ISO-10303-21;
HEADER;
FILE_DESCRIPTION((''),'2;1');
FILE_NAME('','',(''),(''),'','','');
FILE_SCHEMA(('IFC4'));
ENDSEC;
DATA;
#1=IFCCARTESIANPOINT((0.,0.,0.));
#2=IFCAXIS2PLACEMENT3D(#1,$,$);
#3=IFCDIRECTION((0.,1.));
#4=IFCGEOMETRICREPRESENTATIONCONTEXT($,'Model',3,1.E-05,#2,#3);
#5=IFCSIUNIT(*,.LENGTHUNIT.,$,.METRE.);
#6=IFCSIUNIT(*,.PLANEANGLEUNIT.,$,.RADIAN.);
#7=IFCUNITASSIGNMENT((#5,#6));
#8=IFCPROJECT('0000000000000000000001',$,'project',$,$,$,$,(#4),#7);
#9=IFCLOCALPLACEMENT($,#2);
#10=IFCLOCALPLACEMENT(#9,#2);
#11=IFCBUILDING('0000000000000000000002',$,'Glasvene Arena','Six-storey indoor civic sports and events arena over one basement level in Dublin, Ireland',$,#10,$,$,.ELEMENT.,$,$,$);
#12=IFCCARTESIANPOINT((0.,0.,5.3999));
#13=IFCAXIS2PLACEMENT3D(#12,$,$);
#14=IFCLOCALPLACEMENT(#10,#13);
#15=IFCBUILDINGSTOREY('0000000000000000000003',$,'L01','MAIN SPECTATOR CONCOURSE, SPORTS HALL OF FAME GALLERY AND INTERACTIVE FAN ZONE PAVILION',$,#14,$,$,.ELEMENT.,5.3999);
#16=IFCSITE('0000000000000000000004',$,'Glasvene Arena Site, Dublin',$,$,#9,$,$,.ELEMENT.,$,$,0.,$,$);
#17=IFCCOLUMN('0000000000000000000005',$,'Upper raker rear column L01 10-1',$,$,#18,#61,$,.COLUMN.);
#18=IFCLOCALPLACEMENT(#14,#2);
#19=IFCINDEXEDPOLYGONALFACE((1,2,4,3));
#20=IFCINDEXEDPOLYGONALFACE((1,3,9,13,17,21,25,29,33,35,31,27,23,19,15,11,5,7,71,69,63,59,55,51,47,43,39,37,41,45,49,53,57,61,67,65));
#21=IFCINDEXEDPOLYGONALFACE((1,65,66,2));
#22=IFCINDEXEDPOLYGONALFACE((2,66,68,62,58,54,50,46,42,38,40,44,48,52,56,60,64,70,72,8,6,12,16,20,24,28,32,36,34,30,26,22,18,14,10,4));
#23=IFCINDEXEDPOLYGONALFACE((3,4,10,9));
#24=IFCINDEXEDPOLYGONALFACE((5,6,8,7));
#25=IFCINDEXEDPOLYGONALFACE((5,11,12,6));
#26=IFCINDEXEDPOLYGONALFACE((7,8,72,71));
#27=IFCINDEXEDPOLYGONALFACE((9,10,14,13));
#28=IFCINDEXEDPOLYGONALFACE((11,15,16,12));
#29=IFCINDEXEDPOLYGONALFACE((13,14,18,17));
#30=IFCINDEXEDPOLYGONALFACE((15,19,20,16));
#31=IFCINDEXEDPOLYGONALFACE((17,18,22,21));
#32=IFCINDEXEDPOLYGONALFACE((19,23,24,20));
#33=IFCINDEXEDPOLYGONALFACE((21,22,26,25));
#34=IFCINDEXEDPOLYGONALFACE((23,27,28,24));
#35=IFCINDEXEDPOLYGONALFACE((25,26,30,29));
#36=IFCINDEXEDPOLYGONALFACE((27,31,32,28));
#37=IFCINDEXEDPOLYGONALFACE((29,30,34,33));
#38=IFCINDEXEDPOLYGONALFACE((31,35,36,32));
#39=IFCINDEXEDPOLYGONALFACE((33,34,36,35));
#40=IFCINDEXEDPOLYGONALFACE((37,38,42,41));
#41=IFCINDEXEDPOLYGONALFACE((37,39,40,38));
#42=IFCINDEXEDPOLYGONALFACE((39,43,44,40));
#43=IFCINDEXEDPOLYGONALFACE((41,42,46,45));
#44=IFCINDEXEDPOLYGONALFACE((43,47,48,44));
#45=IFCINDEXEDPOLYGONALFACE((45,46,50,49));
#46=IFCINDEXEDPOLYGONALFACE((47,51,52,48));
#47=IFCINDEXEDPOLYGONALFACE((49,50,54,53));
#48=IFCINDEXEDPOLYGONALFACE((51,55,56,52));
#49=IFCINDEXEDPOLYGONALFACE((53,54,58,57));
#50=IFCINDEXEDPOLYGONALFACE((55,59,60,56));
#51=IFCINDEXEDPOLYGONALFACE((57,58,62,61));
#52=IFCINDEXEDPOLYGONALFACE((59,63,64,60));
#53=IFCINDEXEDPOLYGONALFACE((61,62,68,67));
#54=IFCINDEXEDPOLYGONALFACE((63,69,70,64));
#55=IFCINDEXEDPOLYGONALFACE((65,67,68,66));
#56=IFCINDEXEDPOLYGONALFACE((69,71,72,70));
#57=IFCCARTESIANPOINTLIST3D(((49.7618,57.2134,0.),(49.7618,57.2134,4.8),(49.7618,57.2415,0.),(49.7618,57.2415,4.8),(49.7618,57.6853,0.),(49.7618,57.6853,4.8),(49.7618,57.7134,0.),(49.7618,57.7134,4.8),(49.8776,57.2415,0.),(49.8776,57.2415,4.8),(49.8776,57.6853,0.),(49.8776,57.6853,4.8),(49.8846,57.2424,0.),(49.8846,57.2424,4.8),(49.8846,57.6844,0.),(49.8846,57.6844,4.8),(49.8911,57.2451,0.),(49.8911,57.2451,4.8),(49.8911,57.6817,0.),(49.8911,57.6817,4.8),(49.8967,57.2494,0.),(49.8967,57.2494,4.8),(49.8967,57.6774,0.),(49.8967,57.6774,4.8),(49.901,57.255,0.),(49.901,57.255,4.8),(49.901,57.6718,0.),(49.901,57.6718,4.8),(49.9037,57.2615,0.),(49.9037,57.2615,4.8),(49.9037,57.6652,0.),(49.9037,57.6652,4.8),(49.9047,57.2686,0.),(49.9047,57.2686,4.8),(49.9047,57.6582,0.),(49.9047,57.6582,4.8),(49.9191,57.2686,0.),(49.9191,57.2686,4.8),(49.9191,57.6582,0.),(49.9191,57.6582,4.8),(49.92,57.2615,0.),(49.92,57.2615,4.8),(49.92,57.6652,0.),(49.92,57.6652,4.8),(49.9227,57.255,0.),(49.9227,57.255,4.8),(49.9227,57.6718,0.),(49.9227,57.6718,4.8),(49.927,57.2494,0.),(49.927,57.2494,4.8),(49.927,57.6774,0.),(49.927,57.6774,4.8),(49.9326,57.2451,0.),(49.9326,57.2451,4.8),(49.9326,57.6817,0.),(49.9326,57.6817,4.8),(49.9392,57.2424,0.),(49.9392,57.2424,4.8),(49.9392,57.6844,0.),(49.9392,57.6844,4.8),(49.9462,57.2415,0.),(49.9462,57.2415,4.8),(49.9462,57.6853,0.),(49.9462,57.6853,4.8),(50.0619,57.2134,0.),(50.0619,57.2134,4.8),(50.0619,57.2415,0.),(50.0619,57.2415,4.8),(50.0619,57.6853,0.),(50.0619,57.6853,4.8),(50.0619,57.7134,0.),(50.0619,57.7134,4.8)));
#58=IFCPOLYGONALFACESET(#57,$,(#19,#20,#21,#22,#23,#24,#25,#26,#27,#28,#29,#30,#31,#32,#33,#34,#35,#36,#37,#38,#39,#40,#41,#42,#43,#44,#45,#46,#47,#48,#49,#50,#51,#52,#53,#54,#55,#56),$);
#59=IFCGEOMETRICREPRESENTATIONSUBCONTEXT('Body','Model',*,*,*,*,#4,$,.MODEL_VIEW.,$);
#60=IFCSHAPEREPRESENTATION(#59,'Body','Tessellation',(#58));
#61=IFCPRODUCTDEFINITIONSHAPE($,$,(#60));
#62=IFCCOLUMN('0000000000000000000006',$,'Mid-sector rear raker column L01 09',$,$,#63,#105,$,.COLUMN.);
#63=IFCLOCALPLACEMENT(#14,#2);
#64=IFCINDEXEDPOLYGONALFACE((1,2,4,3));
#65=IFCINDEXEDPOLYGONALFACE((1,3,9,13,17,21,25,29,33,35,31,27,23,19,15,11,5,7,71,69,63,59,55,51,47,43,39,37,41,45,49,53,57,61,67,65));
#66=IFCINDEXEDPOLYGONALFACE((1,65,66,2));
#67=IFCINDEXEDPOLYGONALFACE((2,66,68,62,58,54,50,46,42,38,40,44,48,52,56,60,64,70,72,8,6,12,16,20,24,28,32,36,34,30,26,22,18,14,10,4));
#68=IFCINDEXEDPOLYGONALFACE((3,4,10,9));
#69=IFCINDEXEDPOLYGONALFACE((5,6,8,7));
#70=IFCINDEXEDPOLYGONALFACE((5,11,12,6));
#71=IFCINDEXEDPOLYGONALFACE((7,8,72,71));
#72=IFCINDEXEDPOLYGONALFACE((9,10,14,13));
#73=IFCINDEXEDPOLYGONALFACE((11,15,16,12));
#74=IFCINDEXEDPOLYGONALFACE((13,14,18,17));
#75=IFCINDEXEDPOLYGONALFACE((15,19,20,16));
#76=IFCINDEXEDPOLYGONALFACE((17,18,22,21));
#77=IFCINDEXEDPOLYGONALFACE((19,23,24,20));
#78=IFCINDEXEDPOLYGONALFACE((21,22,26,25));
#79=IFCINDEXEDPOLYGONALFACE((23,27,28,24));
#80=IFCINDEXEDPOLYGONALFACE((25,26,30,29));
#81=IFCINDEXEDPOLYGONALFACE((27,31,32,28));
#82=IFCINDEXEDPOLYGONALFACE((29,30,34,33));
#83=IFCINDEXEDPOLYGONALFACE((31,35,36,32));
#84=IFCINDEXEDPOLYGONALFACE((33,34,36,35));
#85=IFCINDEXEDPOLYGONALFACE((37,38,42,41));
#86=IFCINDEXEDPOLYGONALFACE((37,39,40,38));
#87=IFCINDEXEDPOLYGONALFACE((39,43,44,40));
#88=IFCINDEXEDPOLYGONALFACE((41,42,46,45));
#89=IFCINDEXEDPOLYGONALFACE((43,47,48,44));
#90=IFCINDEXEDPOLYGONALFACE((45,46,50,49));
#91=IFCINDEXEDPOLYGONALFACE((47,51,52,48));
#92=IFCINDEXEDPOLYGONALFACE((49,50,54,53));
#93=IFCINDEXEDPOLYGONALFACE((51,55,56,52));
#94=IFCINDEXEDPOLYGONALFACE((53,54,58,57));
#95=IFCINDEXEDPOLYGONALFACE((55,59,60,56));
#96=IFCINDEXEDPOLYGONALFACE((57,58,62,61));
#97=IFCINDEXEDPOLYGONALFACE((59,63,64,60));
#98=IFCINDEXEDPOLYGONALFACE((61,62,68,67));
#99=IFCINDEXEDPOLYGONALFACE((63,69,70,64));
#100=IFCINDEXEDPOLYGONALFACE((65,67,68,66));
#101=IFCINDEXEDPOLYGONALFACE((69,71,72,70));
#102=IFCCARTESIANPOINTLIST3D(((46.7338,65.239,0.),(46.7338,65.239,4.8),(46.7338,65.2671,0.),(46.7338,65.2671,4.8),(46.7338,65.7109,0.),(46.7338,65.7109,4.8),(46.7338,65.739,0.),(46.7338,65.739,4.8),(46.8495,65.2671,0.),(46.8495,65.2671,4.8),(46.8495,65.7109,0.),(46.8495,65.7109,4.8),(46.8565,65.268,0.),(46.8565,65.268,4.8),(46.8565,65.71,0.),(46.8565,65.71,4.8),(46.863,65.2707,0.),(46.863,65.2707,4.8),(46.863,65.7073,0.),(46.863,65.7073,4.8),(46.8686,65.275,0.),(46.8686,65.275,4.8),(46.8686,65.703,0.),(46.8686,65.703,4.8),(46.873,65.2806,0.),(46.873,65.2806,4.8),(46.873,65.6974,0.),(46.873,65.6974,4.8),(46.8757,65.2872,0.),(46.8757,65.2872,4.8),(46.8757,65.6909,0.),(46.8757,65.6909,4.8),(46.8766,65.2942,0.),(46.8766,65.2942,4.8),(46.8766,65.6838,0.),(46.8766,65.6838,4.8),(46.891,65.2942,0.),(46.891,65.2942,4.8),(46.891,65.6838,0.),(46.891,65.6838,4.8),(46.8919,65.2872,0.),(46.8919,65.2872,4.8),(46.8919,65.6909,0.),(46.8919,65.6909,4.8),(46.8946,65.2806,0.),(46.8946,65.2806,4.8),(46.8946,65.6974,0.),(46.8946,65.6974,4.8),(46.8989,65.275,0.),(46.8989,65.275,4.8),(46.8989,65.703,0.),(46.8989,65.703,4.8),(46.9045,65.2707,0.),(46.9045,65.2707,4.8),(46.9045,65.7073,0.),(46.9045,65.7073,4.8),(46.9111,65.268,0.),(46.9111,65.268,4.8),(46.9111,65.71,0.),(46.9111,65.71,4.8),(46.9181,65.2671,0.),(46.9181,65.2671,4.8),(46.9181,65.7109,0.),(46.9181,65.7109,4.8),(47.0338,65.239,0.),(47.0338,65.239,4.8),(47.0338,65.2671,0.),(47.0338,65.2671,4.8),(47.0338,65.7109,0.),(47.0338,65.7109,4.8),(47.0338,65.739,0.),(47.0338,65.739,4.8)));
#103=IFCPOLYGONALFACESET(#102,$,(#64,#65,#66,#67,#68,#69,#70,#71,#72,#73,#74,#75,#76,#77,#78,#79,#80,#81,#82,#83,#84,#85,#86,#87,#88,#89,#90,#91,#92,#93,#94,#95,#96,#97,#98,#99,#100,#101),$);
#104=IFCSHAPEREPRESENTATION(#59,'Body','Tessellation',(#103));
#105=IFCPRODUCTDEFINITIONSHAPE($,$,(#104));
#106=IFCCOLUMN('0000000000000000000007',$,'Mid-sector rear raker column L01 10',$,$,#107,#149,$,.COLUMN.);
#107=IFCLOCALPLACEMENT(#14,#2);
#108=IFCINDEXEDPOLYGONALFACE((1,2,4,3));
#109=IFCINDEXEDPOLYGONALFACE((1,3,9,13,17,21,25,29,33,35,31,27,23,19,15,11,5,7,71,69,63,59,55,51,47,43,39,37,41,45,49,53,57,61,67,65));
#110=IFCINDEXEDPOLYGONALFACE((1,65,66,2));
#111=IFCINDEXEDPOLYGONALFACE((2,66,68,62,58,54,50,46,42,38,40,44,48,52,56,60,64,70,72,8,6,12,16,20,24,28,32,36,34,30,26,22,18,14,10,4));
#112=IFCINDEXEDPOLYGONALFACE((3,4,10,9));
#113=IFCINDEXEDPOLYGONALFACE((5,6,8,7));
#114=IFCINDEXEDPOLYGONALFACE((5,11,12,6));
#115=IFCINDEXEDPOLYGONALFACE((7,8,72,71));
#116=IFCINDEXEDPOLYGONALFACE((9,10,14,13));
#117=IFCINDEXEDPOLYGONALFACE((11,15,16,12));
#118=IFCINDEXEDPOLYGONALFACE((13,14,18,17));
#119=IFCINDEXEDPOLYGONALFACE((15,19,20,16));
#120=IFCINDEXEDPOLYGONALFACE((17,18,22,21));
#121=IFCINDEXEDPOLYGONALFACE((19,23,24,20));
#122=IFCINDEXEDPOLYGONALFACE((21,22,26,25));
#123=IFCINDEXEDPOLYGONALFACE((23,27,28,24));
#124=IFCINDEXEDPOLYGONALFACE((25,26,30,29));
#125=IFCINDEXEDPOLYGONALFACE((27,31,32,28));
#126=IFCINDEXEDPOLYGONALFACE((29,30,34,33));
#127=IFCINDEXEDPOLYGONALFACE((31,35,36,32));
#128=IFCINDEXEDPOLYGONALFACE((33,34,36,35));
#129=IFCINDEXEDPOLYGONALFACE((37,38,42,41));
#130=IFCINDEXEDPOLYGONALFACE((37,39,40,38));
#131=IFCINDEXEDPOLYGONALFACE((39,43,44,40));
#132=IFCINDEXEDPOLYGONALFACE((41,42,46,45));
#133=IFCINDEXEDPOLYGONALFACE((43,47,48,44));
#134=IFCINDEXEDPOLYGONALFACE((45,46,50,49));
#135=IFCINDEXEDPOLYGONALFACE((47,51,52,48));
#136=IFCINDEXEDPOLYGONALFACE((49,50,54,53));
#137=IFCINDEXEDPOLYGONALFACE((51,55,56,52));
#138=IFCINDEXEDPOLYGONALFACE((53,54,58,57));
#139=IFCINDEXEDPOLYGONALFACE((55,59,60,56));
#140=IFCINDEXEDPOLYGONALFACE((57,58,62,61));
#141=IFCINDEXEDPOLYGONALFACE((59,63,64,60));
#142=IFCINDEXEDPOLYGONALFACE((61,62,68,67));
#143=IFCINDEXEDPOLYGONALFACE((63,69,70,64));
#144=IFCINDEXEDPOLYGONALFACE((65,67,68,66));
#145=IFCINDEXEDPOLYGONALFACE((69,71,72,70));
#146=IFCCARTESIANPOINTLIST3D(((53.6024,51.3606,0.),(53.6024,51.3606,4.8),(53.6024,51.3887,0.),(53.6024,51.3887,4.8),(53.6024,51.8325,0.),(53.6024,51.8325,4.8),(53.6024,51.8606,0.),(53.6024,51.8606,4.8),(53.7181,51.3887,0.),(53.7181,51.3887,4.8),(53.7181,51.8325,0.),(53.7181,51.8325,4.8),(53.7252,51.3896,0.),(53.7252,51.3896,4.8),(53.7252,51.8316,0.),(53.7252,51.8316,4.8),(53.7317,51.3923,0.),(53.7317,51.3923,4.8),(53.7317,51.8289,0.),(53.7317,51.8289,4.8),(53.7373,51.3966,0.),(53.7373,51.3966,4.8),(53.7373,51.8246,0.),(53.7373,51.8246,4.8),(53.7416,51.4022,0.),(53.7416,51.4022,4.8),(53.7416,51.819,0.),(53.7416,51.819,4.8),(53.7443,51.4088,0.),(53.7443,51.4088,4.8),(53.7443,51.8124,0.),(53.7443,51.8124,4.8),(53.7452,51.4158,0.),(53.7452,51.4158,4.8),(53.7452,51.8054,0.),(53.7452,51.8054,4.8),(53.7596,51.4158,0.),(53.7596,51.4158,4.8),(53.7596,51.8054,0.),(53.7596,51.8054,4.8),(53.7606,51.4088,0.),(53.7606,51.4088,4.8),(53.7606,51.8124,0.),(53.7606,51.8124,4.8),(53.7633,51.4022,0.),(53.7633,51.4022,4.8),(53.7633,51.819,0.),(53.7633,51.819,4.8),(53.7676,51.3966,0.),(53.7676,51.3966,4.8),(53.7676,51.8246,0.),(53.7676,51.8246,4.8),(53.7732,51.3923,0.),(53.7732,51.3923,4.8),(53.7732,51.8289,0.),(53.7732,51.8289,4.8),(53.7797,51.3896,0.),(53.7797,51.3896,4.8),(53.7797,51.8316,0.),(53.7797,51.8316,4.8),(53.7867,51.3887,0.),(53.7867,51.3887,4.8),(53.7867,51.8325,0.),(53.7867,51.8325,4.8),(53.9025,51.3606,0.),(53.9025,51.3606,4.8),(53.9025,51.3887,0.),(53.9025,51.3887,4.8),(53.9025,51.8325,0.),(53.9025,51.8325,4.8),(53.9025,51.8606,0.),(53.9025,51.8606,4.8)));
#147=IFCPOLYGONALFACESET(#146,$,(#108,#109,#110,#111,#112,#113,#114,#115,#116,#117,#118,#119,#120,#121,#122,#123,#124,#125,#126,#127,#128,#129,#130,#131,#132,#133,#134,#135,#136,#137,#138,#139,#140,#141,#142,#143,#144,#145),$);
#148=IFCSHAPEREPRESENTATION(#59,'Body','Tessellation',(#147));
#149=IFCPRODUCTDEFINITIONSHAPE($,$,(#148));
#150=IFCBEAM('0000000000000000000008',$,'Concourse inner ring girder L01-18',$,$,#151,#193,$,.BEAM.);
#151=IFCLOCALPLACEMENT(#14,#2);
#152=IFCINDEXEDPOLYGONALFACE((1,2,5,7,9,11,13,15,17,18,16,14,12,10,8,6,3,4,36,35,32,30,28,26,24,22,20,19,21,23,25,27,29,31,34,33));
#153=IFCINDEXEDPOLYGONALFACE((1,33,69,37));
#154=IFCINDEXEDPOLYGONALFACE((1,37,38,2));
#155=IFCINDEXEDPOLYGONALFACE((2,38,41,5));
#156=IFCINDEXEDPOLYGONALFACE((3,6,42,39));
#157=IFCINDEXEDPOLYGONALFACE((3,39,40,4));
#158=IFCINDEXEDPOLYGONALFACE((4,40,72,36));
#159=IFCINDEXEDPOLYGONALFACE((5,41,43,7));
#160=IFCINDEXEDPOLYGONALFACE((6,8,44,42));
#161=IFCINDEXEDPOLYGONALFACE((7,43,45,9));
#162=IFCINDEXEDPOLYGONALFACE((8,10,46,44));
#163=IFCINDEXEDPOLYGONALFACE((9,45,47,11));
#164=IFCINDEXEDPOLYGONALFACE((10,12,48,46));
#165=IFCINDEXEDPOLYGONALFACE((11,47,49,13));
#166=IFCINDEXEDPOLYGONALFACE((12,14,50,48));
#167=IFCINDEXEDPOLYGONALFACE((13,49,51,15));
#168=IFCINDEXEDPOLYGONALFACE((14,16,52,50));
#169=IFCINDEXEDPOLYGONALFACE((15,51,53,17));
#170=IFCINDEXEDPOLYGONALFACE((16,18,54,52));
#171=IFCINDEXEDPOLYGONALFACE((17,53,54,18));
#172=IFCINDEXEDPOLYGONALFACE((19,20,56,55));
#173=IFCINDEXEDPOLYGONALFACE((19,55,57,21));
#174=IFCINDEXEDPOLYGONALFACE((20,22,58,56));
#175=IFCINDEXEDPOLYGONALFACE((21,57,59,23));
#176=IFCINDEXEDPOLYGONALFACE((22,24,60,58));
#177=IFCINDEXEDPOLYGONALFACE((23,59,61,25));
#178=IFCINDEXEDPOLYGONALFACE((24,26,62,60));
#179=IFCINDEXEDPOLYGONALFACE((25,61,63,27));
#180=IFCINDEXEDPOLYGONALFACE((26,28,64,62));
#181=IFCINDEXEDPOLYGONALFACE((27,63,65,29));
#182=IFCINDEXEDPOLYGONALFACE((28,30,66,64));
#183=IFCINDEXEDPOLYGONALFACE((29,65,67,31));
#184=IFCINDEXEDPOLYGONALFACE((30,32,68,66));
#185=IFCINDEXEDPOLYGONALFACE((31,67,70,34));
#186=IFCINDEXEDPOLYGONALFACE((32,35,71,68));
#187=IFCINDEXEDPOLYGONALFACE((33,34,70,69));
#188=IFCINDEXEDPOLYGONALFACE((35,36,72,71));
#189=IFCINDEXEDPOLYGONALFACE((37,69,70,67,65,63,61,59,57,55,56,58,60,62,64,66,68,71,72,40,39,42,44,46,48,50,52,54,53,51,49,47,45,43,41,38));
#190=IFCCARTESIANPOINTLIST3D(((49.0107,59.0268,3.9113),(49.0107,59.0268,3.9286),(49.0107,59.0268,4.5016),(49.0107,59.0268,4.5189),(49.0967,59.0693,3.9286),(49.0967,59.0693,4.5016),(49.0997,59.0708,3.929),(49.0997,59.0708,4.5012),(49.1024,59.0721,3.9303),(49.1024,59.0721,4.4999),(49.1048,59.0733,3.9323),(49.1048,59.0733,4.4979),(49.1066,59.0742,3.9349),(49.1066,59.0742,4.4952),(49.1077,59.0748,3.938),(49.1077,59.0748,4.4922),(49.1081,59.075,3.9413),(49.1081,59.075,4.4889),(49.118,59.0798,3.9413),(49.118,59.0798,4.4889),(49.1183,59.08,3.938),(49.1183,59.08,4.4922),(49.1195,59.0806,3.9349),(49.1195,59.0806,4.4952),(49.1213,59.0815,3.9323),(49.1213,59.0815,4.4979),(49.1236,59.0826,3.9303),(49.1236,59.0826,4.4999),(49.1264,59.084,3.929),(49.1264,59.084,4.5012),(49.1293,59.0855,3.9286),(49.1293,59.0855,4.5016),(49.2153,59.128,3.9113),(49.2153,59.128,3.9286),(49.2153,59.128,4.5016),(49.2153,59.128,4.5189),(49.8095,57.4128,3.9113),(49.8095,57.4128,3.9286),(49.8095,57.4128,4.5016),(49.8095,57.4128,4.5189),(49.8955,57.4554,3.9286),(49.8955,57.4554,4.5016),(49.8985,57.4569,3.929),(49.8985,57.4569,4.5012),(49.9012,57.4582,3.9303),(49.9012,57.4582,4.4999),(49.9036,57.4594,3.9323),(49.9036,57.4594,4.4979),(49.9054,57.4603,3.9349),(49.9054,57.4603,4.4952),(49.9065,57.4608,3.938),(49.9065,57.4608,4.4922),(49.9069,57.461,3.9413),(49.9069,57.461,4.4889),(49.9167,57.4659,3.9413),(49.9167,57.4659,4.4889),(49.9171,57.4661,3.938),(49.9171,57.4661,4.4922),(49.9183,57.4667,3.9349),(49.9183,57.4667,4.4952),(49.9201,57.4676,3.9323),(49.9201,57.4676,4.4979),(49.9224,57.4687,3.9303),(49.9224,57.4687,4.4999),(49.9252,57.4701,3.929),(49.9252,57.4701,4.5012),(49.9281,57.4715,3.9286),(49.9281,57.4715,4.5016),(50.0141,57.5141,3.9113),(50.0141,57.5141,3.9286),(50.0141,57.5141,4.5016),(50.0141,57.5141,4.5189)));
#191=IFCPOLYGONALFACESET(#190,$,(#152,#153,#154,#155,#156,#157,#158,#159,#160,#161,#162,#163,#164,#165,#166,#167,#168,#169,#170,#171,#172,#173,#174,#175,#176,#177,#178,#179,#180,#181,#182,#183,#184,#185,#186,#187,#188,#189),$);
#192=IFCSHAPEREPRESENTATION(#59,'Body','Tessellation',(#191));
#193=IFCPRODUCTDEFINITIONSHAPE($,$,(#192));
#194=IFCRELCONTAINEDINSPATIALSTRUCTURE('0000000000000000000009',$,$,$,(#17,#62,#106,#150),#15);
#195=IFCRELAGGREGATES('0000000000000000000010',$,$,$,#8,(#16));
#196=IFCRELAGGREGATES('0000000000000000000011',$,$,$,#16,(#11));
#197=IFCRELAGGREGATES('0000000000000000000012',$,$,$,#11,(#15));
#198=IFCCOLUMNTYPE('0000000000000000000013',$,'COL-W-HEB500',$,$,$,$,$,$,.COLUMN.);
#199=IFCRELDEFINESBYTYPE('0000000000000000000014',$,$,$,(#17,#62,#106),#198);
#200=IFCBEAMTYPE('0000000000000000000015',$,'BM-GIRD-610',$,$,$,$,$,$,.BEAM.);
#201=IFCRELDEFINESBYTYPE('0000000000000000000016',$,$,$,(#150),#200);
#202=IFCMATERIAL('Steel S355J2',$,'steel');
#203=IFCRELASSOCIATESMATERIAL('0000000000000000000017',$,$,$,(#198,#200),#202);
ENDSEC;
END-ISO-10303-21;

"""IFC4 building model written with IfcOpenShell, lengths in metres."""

from ifc_helpers import new_model, si_unit, direction, frame, origin, origin_2d, place, context, subcontext, project, spatial, i_section, extrude, material, material_profile, profile_set, type_object, element, save


model = new_model("IFC4")

# Units and contexts
model_context = context("Model", 3, precision=1e-05, world=origin(), true_north=direction((0.0, 1.0)))
body_context = subcontext(model_context, "Body", "Model", "MODEL_VIEW")
ifc_project = project(units=[si_unit("LENGTHUNIT", "METRE"), si_unit("PLANEANGLEUNIT", "RADIAN")], contexts=[model_context])

# Site, building, storey
site_placement = place(None, origin())
site = spatial("IfcSite", under=ifc_project, at=site_placement, Name="Glasvene Arena Site, Dublin", CompositionType="ELEMENT", RefElevation=0.0)
building_placement = place(site_placement, origin())
building = spatial("IfcBuilding", under=site, at=building_placement, Name="Glasvene Arena", Description="Six-storey indoor civic sports and events arena over one basement level in Dublin, Ireland", CompositionType="ELEMENT")
storey_placement = place(building_placement, frame((0.0, 0.0, 5.3999)))
storey = spatial("IfcBuildingStorey", under=building, at=storey_placement, Name="L01", Description="MAIN SPECTATOR CONCOURSE, SPORTS HALL OF FAME GALLERY AND INTERACTIVE FAN ZONE PAVILION", CompositionType="ELEMENT", Elevation=5.3999)

# Columns
ifc_material_1 = material(Name="Steel S355J2", Category="steel")
ifc_material_profile_1 = material_profile(ifc_material_1, i_section(OverallWidth=0.3, OverallDepth=0.5, WebThickness=0.0144, FlangeThickness=0.0281, FilletRadius=0.0271, at=origin_2d()), Name="HEB 500")
ifc_profile_set_1 = profile_set([ifc_material_profile_1], Name="Steel S355J2")
column_type_1 = type_object("IfcColumnType", Name="COL-W-HEB500", PredefinedType="COLUMN", material=ifc_profile_set_1)
for number, where, z_axis, x_axis, name in (
    (1, (49.9119, 57.4634, 0.0), (0.0, 0.0, 1.0), (1.0, 0.0, 0.0), "Upper raker rear column L01 10-1"),
    (2, (46.8838, 65.489, 0.0), (0.0, 0.0, 1.0), (1.0, 0.0, 0.0), "Mid-sector rear raker column L01 09"),
    (3, (53.7524, 51.6106, 0.0), (0.0, 0.0, 1.0), (1.0, 0.0, 0.0), "Mid-sector rear raker column L01 10"),
):
    element("IfcColumn", number, at=place(storey_placement, frame(where, z_axis=z_axis, x_axis=x_axis)), inside=storey, type_object=column_type_1, Name=name, PredefinedType="COLUMN", context=body_context, shape_type="SweptSolid", body=[
        extrude(i_section(OverallWidth=0.3, OverallDepth=0.5, WebThickness=0.0144, FlangeThickness=0.0281, FilletRadius=0.0271, at=origin_2d()), origin(), (0.0, 0.0, 1.0), 4.8),
    ])

# Beam
ifc_material_profile_2 = material_profile(ifc_material_1, i_section(OverallWidth=0.2283, OverallDepth=0.6077, WebThickness=0.011, FlangeThickness=0.0173, FilletRadius=0.0127, at=origin_2d()), Name="UKB 610x229x113")
ifc_profile_set_2 = profile_set([ifc_material_profile_2], Name="Steel S355J2")
beam_type_1 = type_object("IfcBeamType", Name="BM-GIRD-610", PredefinedType="BEAM", material=ifc_profile_set_2)
beam_1_placement = place(storey_placement, frame((49.113, 59.0774, 4.2151), z_axis=(0.443577, -0.896236, 0.0), x_axis=(0.896236, 0.443577, 0.0)))
element("IfcBeam", 4, at=beam_1_placement, inside=storey, type_object=beam_type_1, Name="Concourse inner ring girder L01-18", PredefinedType="BEAM", context=body_context, shape_type="SweptSolid", body=[
    extrude(i_section(OverallWidth=0.2283, OverallDepth=0.6077, WebThickness=0.011, FlangeThickness=0.0173, FilletRadius=0.0127, at=origin_2d()), origin(), (0.0, 0.0, 1.0), 1.8008),
])

save(model, "model.ifc")
